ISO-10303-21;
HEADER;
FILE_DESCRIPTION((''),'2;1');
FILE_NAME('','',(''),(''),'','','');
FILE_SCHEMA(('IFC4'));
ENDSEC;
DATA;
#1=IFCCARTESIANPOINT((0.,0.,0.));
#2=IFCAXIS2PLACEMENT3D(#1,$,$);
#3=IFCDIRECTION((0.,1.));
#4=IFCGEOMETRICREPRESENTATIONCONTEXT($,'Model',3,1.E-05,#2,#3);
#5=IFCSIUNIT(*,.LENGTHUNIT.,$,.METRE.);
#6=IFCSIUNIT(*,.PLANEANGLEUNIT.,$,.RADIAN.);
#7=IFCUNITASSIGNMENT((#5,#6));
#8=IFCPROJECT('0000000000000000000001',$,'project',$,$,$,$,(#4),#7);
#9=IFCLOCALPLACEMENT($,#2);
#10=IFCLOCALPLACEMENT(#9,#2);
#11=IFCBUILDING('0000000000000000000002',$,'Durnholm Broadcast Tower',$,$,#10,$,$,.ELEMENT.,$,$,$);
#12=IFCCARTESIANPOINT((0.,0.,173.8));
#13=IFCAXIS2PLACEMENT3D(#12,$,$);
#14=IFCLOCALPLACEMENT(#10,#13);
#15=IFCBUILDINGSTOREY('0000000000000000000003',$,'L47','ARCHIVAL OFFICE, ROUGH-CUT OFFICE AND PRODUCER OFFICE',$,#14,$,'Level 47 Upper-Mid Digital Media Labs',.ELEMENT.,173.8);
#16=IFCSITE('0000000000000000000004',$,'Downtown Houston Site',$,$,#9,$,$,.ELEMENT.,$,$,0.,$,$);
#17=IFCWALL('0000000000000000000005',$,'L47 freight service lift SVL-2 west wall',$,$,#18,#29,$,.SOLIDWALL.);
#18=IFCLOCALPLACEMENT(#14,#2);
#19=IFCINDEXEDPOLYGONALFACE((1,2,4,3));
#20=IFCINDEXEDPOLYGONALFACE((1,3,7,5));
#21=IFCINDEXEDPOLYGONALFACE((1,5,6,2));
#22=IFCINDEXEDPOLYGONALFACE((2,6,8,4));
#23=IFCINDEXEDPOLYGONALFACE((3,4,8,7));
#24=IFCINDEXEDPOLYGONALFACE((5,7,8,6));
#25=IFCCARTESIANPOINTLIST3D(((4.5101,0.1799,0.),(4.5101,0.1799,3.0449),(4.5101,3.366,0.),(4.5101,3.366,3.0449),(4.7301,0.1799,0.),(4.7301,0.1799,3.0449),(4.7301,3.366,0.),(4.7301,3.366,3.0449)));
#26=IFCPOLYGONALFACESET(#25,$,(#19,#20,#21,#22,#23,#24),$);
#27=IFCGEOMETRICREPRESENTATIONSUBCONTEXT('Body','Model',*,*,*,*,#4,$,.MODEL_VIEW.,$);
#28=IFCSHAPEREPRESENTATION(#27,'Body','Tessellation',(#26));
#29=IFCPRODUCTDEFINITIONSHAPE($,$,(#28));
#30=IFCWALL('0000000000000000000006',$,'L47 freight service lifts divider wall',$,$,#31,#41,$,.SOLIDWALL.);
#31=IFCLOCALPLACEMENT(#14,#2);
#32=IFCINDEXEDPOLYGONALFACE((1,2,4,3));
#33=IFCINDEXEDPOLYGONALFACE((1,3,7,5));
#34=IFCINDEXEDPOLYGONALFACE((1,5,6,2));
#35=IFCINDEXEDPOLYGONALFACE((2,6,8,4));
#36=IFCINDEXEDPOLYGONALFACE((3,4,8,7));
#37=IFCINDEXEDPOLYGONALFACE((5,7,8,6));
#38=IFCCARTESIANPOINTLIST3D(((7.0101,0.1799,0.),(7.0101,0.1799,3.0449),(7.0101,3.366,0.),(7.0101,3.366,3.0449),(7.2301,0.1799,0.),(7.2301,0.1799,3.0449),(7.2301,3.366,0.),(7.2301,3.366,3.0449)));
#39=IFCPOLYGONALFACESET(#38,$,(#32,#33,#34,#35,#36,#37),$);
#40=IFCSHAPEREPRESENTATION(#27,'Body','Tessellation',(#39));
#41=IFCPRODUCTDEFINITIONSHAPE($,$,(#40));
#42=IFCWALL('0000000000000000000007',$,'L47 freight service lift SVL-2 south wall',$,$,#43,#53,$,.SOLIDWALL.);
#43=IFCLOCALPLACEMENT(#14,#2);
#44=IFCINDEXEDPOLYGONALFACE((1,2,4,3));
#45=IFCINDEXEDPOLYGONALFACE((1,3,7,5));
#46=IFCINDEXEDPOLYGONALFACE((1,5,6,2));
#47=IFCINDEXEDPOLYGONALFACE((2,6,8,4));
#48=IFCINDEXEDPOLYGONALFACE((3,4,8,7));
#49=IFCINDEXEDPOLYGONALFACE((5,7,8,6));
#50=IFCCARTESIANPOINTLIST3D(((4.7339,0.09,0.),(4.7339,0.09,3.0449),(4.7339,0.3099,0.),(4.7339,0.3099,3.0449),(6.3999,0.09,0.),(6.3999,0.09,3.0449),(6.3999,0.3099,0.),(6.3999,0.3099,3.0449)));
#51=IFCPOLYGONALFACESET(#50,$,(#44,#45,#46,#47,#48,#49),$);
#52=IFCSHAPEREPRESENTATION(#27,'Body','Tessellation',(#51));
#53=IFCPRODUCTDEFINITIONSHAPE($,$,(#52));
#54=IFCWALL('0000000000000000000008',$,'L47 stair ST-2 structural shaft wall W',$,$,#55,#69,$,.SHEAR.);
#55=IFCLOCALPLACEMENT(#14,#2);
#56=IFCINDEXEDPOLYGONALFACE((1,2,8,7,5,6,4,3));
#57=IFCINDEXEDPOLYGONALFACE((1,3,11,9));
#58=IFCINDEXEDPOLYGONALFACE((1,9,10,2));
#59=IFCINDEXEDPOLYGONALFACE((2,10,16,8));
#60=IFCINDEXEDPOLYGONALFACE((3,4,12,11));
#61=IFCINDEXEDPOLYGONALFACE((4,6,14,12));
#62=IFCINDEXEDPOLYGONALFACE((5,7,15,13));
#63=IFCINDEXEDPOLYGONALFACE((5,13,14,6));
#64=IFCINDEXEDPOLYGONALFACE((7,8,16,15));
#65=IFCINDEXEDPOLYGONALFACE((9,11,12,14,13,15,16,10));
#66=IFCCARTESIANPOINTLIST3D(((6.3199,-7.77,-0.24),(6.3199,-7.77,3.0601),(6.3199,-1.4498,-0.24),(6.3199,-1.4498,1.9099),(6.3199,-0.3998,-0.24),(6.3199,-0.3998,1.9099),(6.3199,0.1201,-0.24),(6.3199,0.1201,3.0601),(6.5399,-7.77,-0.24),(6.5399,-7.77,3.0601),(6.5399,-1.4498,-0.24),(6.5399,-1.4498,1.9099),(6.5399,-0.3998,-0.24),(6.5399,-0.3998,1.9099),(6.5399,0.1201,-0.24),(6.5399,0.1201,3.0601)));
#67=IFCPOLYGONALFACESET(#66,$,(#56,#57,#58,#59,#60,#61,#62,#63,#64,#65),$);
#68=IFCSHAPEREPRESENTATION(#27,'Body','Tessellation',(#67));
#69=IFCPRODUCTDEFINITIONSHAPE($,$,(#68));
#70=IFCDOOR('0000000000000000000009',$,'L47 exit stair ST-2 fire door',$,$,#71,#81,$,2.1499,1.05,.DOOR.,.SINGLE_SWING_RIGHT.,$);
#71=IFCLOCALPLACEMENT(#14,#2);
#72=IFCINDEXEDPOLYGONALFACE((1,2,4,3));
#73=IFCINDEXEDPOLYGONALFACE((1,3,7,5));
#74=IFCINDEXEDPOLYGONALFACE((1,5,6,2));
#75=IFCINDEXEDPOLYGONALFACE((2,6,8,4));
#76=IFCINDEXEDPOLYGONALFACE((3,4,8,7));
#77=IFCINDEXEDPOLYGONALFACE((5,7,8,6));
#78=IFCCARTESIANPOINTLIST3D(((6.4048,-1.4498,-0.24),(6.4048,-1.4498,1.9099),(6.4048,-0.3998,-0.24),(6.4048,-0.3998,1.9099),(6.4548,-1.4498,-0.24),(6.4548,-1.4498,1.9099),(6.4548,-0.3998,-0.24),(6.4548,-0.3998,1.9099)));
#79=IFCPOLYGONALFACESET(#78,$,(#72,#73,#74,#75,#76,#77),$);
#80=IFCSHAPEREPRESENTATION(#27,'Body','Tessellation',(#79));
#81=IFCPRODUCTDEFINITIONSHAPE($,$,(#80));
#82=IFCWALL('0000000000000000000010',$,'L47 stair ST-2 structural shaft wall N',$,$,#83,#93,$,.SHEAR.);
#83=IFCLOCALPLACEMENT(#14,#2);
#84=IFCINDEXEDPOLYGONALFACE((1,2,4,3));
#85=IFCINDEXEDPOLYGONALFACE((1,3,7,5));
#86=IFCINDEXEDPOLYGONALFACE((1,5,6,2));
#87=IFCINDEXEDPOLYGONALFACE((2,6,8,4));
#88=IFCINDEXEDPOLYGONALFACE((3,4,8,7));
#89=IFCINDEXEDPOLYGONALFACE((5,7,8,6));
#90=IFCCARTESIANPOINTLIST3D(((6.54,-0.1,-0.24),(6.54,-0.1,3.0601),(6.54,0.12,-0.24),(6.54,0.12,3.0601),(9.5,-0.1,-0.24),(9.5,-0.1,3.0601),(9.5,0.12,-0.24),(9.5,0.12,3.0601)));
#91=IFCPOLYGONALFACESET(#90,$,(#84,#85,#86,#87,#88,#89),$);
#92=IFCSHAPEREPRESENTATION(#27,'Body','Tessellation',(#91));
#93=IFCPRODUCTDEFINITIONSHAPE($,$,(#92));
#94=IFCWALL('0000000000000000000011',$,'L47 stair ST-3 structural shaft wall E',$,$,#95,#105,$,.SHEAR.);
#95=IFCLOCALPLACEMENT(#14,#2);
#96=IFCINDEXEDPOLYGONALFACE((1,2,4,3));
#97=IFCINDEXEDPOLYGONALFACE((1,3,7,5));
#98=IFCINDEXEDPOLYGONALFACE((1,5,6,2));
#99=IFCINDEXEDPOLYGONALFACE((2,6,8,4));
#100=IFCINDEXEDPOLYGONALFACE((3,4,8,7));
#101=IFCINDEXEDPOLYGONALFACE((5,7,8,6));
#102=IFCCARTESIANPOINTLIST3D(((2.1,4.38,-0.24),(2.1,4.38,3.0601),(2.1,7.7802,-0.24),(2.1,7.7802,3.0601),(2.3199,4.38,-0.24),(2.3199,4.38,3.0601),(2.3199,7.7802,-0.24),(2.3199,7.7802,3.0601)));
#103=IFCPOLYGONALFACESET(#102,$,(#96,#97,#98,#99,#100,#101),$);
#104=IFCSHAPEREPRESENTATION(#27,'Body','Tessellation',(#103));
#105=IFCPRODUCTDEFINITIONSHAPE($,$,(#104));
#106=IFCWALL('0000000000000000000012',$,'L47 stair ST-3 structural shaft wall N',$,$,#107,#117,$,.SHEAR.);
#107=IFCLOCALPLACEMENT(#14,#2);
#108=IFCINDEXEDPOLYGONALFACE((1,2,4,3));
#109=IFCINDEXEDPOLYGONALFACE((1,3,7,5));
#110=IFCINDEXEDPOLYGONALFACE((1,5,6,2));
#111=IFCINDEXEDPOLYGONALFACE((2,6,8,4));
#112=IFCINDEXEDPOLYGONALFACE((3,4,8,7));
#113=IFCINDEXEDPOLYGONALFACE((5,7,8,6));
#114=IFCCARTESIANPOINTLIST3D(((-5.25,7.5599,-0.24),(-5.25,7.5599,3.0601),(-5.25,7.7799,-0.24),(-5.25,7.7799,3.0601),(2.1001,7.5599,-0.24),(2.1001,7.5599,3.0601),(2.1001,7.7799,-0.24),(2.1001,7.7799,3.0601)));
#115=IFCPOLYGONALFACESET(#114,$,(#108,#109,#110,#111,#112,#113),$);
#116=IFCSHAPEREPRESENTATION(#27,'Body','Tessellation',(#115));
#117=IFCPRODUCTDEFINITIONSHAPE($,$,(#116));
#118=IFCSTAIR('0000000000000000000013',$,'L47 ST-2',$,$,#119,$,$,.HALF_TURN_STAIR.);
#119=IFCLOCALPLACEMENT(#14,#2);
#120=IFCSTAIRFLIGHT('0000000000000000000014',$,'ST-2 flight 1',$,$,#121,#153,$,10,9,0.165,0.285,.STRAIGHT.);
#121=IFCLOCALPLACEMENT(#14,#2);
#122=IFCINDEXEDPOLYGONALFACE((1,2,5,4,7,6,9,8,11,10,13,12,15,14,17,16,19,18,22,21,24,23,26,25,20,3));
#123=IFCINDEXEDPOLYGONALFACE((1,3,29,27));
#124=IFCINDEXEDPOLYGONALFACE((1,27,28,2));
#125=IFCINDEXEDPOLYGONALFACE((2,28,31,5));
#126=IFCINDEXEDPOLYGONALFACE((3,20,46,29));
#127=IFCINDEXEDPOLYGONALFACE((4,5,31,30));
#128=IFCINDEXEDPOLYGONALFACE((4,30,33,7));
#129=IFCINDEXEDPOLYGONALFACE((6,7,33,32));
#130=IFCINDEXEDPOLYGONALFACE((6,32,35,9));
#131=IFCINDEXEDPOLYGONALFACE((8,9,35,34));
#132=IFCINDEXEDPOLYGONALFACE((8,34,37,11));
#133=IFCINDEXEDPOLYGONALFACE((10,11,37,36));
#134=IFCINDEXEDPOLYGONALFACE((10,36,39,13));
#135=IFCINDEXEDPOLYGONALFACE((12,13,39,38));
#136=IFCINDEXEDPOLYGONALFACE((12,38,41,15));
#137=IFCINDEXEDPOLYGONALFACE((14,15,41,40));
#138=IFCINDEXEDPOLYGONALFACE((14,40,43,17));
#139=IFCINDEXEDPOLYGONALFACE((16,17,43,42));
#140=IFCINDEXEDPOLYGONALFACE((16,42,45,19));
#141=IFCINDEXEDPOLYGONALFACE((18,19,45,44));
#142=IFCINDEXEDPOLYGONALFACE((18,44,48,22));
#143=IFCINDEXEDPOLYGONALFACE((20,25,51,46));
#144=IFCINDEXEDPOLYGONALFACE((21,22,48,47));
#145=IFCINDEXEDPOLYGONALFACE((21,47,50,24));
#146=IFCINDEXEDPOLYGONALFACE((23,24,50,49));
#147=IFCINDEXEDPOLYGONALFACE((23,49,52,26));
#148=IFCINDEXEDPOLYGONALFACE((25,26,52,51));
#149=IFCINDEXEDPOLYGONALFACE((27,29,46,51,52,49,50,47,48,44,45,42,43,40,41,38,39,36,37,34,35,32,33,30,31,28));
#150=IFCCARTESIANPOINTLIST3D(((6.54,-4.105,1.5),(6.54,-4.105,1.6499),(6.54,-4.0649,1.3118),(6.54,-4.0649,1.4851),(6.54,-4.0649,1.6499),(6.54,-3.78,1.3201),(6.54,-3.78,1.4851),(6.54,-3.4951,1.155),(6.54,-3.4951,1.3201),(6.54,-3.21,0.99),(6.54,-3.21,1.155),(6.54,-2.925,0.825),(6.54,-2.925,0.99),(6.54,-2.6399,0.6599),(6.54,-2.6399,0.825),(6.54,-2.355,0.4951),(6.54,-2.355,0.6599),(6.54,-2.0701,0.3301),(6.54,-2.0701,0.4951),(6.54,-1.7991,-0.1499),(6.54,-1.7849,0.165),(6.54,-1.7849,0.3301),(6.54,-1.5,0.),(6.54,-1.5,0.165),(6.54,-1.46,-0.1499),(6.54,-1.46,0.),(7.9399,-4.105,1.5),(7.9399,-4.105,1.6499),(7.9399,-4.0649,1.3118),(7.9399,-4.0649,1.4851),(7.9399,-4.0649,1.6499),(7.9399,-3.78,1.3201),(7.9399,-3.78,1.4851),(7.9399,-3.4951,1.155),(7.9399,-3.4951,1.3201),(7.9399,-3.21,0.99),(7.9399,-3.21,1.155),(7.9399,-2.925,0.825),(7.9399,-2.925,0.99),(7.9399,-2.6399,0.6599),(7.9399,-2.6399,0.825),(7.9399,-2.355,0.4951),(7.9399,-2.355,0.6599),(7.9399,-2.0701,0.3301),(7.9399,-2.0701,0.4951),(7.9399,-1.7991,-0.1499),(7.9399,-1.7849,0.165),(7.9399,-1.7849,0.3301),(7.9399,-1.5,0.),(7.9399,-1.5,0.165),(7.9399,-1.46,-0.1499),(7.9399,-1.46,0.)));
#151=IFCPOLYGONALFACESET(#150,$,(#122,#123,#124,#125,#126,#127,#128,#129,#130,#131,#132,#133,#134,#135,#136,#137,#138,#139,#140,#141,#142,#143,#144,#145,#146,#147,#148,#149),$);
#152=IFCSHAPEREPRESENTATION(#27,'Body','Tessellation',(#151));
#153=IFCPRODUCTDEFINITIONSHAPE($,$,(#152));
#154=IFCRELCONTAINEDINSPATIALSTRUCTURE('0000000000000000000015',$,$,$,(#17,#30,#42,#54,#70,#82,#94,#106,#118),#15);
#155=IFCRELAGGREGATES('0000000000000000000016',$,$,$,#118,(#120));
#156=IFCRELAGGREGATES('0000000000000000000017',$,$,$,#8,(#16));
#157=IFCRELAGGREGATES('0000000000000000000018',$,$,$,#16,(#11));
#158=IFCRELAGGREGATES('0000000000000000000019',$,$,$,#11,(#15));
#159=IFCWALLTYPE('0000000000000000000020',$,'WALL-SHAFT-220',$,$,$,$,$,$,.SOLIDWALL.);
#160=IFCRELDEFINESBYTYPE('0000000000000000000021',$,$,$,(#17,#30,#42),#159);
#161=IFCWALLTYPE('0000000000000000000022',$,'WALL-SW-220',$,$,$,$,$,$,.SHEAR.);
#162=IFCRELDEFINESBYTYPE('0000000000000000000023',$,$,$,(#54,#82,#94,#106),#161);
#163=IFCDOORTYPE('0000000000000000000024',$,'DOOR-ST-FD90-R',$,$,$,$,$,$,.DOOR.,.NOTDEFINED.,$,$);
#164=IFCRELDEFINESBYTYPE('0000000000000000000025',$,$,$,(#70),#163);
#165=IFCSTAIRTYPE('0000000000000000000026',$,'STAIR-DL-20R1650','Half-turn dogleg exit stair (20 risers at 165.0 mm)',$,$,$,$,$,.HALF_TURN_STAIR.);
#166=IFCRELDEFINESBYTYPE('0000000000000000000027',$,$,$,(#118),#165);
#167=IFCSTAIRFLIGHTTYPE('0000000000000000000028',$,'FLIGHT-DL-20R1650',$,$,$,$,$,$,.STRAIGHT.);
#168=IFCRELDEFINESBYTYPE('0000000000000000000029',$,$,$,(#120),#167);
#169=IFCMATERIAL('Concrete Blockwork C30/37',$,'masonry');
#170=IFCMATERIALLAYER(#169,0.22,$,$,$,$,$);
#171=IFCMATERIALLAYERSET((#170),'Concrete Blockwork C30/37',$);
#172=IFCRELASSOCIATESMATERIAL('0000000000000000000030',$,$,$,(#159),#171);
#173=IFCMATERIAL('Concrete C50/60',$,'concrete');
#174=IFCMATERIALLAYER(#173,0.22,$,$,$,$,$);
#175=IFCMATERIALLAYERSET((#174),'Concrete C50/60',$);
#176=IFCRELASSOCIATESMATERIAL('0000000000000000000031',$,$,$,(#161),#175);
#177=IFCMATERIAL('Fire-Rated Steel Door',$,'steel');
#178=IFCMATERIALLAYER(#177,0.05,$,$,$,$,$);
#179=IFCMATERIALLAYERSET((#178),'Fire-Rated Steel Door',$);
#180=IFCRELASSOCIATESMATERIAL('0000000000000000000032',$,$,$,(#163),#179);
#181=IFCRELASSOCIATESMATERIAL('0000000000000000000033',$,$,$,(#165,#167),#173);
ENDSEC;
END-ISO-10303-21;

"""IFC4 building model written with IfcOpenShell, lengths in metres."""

from ifc_helpers import new_model, si_unit, direction, frame, frame_2d, origin, place, context, subcontext, project, spatial, polyline, rectangle, outline, extrude, source, transform, mapped, material, layer, layer_set, type_object, type_shapes, element, fill, aggregate, save


model = new_model("IFC4")

# Units and contexts
model_context = context("Model", 3, precision=1e-05, world=origin(), true_north=direction((0.0, 1.0)))
body_context = subcontext(model_context, "Body", "Model", "MODEL_VIEW")
ifc_project = project(units=[si_unit("LENGTHUNIT", "METRE"), si_unit("PLANEANGLEUNIT", "RADIAN")], contexts=[model_context])

# Site, building, storey
site_placement = place(None, origin())
site = spatial("IfcSite", under=ifc_project, at=site_placement, Name="Downtown Houston Site", CompositionType="ELEMENT", RefElevation=0.0)
building_placement = place(site_placement, origin())
building = spatial("IfcBuilding", under=site, at=building_placement, Name="Durnholm Broadcast Tower", CompositionType="ELEMENT")
storey_placement = place(building_placement, frame((0.0, 0.0, 173.8)))
storey = spatial("IfcBuildingStorey", under=building, at=storey_placement, Name="L47", Description="ARCHIVAL OFFICE, ROUGH-CUT OFFICE AND PRODUCER OFFICE", LongName="Level 47 Upper-Mid Digital Media Labs", CompositionType="ELEMENT", Elevation=173.8)

# Shared definitions
ifc_material_1 = material(Name="Concrete Blockwork C30/37", Category="masonry")
ifc_layer_1 = layer(ifc_material_1, 0.22)
ifc_layer_set_1 = layer_set([ifc_layer_1], Name="Concrete Blockwork C30/37")
wall_type_1 = type_object("IfcWallType", Name="WALL-SHAFT-220", PredefinedType="SOLIDWALL", material=ifc_layer_set_1)

# Walls
for number, where, z_axis, x_axis, name in (
    (1, (4.6201, 0.1799, 0.0), (0.0, 0.0, 1.0), (0.0, 1.0, 0.0), "L47 freight service lift SVL-2 west wall"),
    (2, (7.1201, 0.1799, 0.0), (0.0, 0.0, 1.0), (0.0, 1.0, 0.0), "L47 freight service lifts divider wall"),
):
    element("IfcWall", number, at=place(storey_placement, frame(where, z_axis=z_axis, x_axis=x_axis)), inside=storey, type_object=wall_type_1, Name=name, PredefinedType="SOLIDWALL", context=body_context, shape_type="SweptSolid", body=[
        extrude(rectangle(XDim=3.186, YDim=0.22, at=frame_2d((1.593, 0.0))), origin(), (0.0, 0.0, 1.0), 3.0449),
    ])
wall_1_placement = place(storey_placement, frame((4.7339, 0.2, 0.0), z_axis=(0.0, 0.0, 1.0), x_axis=(1.0, 0.0, 0.0)))
element("IfcWall", 3, at=wall_1_placement, inside=storey, type_object=wall_type_1, Name="L47 freight service lift SVL-2 south wall", PredefinedType="SOLIDWALL", context=body_context, shape_type="SweptSolid", body=[
    extrude(rectangle(XDim=1.666, YDim=0.22, at=frame_2d((0.833, 0.0))), origin(), (0.0, 0.0, 1.0), 3.0449),
])

# Wall, opening, door
ifc_material_2 = material(Name="Concrete C50/60", Category="concrete")
ifc_layer_2 = layer(ifc_material_2, 0.22)
ifc_layer_set_2 = layer_set([ifc_layer_2], Name="Concrete C50/60")
wall_type_2 = type_object("IfcWallType", Name="WALL-SW-220", PredefinedType="SHEAR", material=ifc_layer_set_2)
wall_2_placement = place(storey_placement, frame((6.4299, 0.1201, -0.24), z_axis=(0.0, 0.0, 1.0), x_axis=(0.0, -1.0, 0.0)))
wall_2 = element("IfcWall", 4, at=wall_2_placement, inside=storey, type_object=wall_type_2, Name="L47 stair ST-2 structural shaft wall W", PredefinedType="SHEAR", context=body_context, shape_type="SweptSolid", body=[
    extrude(rectangle(XDim=7.8901, YDim=0.22, at=frame_2d((3.9451, 0.0))), origin(), (0.0, 0.0, 1.0), 3.3),
])
opening_1_placement = place(wall_2_placement, frame((0.52, 0.0, 0.0)))
opening_1 = element("IfcOpeningElement", 5, at=opening_1_placement, cuts=wall_2, PredefinedType="OPENING", context=body_context, shape_type="SweptSolid", body=[
    extrude(rectangle(XDim=1.05, YDim=2.1499, at=frame_2d((0.5249, 1.075))), frame((0.0, 0.1201, 0.0), z_axis=(0.0, -1.0, 0.0), x_axis=(1.0, 0.0, 0.0)), (0.0, 0.0, 1.0), 0.24),
])
ifc_material_3 = material(Name="Fire-Rated Steel Door", Category="steel")
ifc_layer_3 = layer(ifc_material_3, 0.05)
ifc_layer_set_3 = layer_set([ifc_layer_3], Name="Fire-Rated Steel Door")
door_type_1 = type_object("IfcDoorType", Name="DOOR-ST-FD90-R", OperationType="NOTDEFINED", PredefinedType="DOOR", material=ifc_layer_set_3)
shared_shape_1 = source(origin(), body_context, "Body", "SweptSolid", [
    extrude(rectangle(XDim=1.05, YDim=2.1499, at=frame_2d((0.5249, 1.075))), frame((0.0, 0.0249, 0.0), z_axis=(0.0, -1.0, 0.0), x_axis=(1.0, 0.0, 0.0)), (0.0, 0.0, 1.0), 0.05),
])
type_shapes(door_type_1, [shared_shape_1])
door_1_placement = place(opening_1_placement, origin())
door_1 = element("IfcDoor", 6, at=door_1_placement, inside=storey, type_object=door_type_1, Name="L47 exit stair ST-2 fire door", OperationType="SINGLE_SWING_RIGHT", OverallHeight=2.1499, OverallWidth=1.05, PredefinedType="DOOR", context=body_context, shape_type="MappedRepresentation", body=[
    mapped(shared_shape_1, transform((0.0, 0.0, 0.0), x_axis=(1.0, 0.0, 0.0), y_axis=(0.0, 1.0, 0.0), z_axis=(0.0, 0.0, 1.0), scale=1.0)),
])
fill(opening_1, door_1)

# Walls
wall_3_placement = place(storey_placement, frame((9.5, 0.01, -0.24), z_axis=(0.0, 0.0, 1.0), x_axis=(-1.0, 0.0, 0.0)))
element("IfcWall", 7, at=wall_3_placement, inside=storey, type_object=wall_type_2, Name="L47 stair ST-2 structural shaft wall N", PredefinedType="SHEAR", context=body_context, shape_type="SweptSolid", body=[
    extrude(rectangle(XDim=2.96, YDim=0.22, at=frame_2d((1.48, 0.0))), origin(), (0.0, 0.0, 1.0), 3.3),
])
wall_4_placement = place(storey_placement, frame((2.21, 4.3799, -0.24), z_axis=(0.0, 0.0, 1.0), x_axis=(0.0, 1.0, 0.0)))
element("IfcWall", 8, at=wall_4_placement, inside=storey, type_object=wall_type_2, Name="L47 stair ST-3 structural shaft wall E", PredefinedType="SHEAR", context=body_context, shape_type="SweptSolid", body=[
    extrude(rectangle(XDim=3.4001, YDim=0.22, at=frame_2d((1.7002, 0.0))), origin(), (0.0, 0.0, 1.0), 3.3),
])
wall_5_placement = place(storey_placement, frame((2.1001, 7.6699, -0.24), z_axis=(0.0, 0.0, 1.0), x_axis=(-1.0, 0.0, 0.0)))
element("IfcWall", 9, at=wall_5_placement, inside=storey, type_object=wall_type_2, Name="L47 stair ST-3 structural shaft wall N", PredefinedType="SHEAR", context=body_context, shape_type="SweptSolid", body=[
    extrude(rectangle(XDim=7.3501, YDim=0.22, at=frame_2d((3.675, 0.0))), origin(), (0.0, 0.0, 1.0), 3.3),
])

# Stair, stair flight
stair_type = type_object("IfcStairType", Name="STAIR-DL-20R1650", Description="Half-turn dogleg exit stair (20 risers at 165.0 mm)", PredefinedType="HALF_TURN_STAIR", material=ifc_material_2)
stair_placement = place(storey_placement, origin())
stair = element("IfcStair", 10, at=stair_placement, inside=storey, type_object=stair_type, Name="L47 ST-2", PredefinedType="HALF_TURN_STAIR")
stair_flight_type = type_object("IfcStairFlightType", Name="FLIGHT-DL-20R1650", PredefinedType="STRAIGHT", material=ifc_material_2)
stair_flight_placement = place(storey_placement, frame((7.24, -1.5, 0.0), z_axis=(0.0, 0.0, 1.0), x_axis=(0.0, -1.0, 0.0)))
stair_flight = element("IfcStairFlight", 11, at=stair_flight_placement, type_object=stair_flight_type, Name="ST-2 flight 1", NumberOfRisers=10, NumberOfTreads=9, PredefinedType="STRAIGHT", RiserHeight=0.165, TreadLength=0.285, context=body_context, shape_type="SweptSolid", body=[
    extrude(outline(polyline([(-0.04, -0.1499), (-0.04, 0.0), (0.0, 0.0), (0.0, 0.165), (0.2849, 0.165), (0.2849, 0.3301), (0.5701, 0.3301), (0.5701, 0.4951), (0.855, 0.4951), (0.855, 0.6599), (1.1399, 0.6599), (1.1399, 0.825), (1.425, 0.825), (1.425, 0.99), (1.71, 0.99), (1.71, 1.155), (1.9951, 1.155), (1.9951, 1.3201), (2.28, 1.3201), (2.28, 1.4851), (2.5649, 1.4851), (2.5649, 1.6499), (2.605, 1.6499), (2.605, 1.5), (2.5649, 1.3118), (0.2991, -0.1499), (-0.04, -0.1499)])), frame((0.0, 0.7, 0.0), z_axis=(0.0, -1.0, 0.0), x_axis=(1.0, 0.0, 0.0)), (0.0, 0.0, 1.0), 1.3999),
])
aggregate(stair, [stair_flight])

save(model, "model.ifc")
